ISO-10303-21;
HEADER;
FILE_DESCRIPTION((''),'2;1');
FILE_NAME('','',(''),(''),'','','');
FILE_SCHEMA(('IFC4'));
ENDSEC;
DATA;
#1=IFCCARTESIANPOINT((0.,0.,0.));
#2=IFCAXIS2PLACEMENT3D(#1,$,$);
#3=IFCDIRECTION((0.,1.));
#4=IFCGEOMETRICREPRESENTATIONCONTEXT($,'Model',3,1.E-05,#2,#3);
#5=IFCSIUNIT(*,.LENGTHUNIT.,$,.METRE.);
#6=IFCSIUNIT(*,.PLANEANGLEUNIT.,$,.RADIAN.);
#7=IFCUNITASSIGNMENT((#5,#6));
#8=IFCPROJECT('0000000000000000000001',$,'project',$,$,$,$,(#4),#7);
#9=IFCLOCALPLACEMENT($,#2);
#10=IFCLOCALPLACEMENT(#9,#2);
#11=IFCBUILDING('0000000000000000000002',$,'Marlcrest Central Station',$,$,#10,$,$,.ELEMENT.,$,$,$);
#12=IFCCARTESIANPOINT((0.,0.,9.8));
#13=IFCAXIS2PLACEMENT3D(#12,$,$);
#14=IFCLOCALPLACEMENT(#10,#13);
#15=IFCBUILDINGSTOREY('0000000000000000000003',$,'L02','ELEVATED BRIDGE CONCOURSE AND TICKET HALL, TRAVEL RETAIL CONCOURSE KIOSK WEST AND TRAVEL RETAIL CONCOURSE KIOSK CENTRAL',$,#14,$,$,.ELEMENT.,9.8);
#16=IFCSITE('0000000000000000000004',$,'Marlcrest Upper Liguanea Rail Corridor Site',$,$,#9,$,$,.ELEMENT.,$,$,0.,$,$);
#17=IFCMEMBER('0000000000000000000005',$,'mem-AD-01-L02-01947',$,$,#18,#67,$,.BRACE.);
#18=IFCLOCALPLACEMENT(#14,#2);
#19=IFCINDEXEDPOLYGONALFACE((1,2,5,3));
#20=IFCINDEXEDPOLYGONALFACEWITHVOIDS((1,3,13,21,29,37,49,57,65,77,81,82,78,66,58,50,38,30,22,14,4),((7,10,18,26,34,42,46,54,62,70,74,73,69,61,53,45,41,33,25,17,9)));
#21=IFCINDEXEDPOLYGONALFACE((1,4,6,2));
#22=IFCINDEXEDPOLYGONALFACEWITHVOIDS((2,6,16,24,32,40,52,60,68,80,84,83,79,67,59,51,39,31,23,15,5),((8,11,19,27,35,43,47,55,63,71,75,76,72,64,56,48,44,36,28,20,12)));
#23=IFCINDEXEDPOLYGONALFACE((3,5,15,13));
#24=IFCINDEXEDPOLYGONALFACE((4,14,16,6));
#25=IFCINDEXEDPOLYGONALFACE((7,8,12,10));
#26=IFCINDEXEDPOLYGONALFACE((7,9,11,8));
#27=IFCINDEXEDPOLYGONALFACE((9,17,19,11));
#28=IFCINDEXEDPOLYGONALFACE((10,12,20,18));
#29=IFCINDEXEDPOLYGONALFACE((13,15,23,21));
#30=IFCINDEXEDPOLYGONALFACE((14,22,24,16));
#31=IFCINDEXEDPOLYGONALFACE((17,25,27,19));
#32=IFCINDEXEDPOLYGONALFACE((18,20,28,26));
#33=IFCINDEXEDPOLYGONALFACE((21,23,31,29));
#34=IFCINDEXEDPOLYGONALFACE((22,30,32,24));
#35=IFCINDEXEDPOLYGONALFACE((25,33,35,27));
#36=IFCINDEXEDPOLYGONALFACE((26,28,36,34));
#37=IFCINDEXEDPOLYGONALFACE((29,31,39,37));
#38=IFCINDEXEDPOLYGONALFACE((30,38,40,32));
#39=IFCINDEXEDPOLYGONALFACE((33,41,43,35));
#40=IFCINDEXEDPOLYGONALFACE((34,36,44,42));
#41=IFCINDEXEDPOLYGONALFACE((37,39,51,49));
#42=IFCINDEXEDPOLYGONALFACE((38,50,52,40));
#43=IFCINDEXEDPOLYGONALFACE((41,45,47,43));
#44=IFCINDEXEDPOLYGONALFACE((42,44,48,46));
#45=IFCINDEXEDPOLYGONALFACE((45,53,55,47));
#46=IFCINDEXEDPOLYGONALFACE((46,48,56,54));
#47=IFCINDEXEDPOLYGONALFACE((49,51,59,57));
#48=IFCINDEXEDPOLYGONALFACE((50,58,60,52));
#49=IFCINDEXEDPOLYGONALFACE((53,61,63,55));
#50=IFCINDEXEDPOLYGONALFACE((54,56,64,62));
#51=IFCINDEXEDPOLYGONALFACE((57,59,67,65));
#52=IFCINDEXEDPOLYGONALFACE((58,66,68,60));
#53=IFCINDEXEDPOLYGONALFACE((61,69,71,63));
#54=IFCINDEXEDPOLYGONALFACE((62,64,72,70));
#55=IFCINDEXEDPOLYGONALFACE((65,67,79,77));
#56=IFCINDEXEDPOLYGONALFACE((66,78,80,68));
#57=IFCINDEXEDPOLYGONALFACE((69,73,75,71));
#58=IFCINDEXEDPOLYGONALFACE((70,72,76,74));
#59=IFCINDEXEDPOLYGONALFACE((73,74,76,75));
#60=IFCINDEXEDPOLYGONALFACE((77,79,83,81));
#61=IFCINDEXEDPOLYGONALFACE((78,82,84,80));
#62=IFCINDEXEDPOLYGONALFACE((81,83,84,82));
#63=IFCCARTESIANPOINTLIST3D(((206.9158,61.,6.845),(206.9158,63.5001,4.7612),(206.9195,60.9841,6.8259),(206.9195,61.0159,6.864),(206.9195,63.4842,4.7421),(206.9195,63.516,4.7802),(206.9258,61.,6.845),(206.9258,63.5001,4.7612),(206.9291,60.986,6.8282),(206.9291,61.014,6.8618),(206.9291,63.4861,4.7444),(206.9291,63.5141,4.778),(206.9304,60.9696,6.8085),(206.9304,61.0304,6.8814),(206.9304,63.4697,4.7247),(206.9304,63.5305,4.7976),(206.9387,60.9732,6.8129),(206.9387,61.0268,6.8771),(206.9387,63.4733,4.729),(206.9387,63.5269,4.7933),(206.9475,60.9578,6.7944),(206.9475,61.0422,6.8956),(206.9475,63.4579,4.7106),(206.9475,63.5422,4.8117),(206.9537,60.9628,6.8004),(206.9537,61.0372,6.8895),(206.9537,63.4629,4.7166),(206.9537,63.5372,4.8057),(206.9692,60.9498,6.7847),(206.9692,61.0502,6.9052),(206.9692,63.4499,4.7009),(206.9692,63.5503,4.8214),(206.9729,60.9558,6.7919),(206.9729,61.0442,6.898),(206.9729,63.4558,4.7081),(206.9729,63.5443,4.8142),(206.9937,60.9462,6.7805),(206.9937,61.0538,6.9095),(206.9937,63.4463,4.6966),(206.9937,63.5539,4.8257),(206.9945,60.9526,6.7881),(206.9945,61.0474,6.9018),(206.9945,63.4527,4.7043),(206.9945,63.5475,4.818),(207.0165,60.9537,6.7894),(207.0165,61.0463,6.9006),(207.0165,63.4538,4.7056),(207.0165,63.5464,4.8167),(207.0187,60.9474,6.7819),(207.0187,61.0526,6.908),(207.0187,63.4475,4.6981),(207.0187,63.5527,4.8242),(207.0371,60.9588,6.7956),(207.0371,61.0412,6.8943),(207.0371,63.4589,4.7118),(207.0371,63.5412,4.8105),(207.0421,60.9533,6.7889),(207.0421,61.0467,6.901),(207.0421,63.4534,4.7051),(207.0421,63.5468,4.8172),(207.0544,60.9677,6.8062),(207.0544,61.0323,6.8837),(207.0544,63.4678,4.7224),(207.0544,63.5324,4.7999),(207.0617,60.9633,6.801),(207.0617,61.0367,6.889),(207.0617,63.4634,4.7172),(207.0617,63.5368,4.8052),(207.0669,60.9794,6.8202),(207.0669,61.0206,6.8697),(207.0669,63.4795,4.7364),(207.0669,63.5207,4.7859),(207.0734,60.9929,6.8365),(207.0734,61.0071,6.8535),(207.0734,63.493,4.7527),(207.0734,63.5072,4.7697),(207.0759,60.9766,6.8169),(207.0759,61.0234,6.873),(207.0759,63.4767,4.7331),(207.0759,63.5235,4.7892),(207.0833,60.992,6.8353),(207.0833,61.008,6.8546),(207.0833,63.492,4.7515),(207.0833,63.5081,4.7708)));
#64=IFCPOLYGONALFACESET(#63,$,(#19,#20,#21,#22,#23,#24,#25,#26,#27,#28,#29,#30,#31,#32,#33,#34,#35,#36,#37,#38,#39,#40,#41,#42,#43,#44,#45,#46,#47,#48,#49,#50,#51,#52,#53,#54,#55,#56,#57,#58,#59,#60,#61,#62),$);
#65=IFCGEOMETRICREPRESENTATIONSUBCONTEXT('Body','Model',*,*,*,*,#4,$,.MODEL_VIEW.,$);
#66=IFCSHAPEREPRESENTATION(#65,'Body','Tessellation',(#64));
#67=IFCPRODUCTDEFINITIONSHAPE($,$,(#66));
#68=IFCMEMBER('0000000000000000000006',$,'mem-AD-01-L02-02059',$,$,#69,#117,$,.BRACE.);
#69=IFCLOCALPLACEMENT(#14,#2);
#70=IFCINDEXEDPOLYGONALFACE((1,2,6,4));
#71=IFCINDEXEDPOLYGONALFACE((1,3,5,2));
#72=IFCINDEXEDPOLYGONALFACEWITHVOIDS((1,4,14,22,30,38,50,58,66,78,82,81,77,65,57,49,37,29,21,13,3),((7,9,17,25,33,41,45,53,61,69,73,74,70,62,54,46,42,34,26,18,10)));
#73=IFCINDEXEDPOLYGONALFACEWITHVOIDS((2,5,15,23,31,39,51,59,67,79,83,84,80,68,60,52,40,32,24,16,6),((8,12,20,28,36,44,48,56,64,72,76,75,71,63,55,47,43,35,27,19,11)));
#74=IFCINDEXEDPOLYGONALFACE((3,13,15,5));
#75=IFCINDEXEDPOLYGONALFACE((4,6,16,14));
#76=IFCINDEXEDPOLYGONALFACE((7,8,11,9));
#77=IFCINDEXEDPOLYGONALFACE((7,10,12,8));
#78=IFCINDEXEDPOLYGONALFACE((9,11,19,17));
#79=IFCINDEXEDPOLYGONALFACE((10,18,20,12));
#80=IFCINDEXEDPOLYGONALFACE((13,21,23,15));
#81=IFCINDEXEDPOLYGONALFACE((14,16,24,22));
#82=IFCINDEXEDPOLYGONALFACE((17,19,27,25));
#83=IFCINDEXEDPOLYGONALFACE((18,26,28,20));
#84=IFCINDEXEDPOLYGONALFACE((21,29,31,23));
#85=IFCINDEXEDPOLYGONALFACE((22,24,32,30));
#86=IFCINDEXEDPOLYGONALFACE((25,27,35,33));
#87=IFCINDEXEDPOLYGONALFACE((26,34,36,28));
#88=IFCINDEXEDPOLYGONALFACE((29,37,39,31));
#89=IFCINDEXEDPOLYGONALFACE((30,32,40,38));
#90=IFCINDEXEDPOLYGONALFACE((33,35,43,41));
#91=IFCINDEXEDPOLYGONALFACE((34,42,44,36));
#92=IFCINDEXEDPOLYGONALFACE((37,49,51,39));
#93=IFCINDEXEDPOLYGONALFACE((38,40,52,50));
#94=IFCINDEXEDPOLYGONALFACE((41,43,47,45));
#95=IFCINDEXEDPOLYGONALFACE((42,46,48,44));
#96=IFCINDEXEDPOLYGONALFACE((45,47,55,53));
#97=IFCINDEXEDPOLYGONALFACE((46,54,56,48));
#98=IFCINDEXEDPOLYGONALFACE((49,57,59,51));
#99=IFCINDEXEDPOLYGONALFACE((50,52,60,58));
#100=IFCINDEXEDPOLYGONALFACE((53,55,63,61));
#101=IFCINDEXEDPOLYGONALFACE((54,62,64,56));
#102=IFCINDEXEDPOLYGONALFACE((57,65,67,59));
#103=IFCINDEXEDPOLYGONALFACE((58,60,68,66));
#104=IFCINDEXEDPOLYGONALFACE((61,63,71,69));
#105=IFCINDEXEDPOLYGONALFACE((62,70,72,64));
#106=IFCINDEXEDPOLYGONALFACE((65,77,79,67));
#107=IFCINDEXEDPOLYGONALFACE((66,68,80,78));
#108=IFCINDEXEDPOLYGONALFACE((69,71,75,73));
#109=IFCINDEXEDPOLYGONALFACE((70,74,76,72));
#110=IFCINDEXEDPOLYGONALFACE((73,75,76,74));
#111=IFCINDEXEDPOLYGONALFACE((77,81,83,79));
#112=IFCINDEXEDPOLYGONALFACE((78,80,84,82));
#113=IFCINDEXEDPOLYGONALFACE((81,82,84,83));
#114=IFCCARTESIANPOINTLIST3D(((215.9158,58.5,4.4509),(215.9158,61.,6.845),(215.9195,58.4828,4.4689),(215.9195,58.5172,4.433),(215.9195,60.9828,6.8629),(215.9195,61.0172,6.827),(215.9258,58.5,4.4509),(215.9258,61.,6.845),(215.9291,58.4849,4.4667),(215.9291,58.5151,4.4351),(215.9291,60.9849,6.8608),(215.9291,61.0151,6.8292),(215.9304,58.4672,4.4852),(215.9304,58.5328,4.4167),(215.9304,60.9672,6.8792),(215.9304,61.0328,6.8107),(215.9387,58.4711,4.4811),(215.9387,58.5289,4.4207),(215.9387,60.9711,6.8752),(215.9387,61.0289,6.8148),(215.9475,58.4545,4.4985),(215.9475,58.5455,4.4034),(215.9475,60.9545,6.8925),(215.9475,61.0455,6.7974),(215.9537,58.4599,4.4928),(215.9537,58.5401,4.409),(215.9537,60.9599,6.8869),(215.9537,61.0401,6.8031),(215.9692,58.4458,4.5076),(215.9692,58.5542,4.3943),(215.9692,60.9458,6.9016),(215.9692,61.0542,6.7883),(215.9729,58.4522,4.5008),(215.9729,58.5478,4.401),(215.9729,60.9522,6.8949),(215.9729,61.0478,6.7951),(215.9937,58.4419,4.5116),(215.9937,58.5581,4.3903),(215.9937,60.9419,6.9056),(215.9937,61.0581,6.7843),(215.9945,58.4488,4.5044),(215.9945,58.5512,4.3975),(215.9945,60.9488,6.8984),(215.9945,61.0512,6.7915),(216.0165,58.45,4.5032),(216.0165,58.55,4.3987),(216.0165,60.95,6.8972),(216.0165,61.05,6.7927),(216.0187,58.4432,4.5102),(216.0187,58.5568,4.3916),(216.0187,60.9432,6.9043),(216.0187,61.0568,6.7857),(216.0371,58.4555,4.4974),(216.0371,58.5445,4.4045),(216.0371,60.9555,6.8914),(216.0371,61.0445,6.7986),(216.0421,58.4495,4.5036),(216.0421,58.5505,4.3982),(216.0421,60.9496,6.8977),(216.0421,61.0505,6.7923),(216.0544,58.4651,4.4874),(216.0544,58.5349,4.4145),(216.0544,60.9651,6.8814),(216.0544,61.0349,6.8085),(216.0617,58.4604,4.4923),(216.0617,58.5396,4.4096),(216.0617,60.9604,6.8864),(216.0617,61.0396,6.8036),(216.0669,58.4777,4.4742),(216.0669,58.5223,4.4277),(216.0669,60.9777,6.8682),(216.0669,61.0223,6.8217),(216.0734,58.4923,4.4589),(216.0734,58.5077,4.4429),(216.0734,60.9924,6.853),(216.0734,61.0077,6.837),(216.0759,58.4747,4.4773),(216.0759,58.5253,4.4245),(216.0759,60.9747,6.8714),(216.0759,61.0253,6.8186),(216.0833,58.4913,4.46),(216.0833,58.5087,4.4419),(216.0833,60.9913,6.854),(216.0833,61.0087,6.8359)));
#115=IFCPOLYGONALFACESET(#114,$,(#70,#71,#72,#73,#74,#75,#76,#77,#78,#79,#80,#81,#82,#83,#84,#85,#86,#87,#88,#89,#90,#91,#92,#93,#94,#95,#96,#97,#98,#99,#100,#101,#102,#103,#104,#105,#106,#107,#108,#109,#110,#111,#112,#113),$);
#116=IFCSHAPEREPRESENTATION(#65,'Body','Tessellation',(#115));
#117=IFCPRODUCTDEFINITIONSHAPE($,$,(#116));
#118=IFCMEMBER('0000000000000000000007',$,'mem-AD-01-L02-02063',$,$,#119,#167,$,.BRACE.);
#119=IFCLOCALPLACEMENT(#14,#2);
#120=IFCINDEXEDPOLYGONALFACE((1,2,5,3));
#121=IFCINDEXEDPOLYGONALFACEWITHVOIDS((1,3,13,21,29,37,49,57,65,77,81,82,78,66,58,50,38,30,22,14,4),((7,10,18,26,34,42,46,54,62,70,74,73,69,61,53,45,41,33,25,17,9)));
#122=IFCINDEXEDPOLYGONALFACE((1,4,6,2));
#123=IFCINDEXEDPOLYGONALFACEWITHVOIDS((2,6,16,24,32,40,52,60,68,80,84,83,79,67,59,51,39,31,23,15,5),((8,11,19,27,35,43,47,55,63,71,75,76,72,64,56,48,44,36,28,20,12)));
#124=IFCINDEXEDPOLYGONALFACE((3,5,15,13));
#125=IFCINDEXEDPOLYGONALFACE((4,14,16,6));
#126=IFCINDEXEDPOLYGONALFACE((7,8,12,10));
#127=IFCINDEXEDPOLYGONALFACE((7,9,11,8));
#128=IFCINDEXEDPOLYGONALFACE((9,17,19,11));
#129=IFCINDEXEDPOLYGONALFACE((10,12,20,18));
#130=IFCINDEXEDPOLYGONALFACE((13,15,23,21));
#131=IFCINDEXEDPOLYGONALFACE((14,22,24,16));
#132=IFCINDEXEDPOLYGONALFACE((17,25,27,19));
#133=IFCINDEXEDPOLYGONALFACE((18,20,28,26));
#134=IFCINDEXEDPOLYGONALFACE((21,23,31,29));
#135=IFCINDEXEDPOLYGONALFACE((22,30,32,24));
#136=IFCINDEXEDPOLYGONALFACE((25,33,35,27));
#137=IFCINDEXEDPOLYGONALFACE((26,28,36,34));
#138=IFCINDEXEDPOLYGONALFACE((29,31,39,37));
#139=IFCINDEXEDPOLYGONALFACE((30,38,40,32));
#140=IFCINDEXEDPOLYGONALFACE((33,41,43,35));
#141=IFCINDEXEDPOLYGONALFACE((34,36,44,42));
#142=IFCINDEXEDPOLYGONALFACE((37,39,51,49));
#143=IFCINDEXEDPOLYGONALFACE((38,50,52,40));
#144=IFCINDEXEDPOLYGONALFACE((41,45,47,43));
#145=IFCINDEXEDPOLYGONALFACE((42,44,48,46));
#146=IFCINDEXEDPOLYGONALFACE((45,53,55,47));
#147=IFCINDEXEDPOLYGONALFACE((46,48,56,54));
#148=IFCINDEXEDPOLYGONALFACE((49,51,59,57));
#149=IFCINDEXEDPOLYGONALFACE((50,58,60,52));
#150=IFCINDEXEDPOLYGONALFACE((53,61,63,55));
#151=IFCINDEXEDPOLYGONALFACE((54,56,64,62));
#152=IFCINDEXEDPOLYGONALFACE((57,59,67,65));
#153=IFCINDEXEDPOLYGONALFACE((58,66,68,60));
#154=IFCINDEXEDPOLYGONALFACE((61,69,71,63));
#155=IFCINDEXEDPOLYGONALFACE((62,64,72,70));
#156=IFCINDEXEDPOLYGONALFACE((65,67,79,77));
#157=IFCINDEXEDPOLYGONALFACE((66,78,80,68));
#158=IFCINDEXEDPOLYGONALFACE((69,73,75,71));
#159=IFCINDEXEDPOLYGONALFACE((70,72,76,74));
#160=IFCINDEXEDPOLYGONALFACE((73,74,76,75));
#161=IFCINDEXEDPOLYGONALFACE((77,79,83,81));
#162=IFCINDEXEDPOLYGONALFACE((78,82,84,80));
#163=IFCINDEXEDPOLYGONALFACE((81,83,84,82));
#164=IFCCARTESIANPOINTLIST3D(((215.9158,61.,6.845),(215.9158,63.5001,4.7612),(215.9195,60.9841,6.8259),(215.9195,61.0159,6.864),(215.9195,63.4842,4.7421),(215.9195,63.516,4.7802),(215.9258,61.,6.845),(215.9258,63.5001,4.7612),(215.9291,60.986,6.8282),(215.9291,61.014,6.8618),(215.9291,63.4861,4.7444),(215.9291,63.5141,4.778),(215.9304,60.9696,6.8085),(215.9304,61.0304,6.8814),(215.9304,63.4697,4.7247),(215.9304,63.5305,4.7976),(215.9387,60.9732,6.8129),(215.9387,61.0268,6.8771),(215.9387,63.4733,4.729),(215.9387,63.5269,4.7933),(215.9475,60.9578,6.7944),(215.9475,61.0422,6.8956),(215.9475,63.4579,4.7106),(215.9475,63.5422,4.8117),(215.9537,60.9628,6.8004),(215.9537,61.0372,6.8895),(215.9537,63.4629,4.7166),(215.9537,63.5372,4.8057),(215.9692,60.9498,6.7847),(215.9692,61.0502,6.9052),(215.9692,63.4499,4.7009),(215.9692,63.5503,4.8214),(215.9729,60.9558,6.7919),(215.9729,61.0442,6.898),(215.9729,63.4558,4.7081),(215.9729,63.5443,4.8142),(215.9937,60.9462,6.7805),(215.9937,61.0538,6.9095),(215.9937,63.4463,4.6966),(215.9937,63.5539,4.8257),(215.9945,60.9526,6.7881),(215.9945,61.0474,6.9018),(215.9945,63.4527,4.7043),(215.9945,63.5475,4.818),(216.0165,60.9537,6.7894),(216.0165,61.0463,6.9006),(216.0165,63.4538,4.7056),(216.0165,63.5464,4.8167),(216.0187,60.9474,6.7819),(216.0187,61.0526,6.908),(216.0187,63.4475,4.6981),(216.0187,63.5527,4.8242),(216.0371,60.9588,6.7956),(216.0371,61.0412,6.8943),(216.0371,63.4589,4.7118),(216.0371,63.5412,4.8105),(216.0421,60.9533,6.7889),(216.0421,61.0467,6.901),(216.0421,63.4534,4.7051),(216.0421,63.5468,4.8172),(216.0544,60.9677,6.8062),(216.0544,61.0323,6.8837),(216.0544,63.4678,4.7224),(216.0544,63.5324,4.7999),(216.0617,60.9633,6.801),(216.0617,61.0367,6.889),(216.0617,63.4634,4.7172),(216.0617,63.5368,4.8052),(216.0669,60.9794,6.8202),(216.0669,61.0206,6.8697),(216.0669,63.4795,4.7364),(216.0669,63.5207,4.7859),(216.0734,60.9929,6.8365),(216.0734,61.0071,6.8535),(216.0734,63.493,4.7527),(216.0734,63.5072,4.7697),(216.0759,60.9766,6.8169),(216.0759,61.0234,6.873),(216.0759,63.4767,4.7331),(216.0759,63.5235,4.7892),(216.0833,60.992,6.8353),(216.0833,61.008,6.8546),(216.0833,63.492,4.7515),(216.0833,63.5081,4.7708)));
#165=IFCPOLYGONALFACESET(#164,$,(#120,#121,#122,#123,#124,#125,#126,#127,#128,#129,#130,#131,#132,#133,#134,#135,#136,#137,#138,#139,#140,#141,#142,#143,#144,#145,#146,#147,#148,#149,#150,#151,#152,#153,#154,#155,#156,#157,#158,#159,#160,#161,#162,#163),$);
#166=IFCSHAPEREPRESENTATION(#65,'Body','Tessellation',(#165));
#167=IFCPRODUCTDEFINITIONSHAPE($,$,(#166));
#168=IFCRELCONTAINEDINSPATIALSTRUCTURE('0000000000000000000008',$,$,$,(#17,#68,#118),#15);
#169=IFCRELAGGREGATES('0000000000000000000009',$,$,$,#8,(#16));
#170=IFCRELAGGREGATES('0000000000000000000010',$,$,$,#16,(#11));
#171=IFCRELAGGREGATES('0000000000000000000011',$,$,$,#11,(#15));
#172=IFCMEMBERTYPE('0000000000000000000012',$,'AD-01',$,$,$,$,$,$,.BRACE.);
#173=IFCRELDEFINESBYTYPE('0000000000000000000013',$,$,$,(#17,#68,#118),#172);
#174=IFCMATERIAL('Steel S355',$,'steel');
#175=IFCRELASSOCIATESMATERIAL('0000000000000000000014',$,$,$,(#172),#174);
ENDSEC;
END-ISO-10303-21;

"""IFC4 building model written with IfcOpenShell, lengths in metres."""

from ifc_helpers import new_model, si_unit, direction, frame, origin, origin_2d, place, context, subcontext, project, spatial, hollow_circle, extrude, material, material_profile, profile_set, type_object, element, save


model = new_model("IFC4")

# Units and contexts
model_context = context("Model", 3, precision=1e-05, world=origin(), true_north=direction((0.0, 1.0)))
body_context = subcontext(model_context, "Body", "Model", "MODEL_VIEW")
ifc_project = project(units=[si_unit("LENGTHUNIT", "METRE"), si_unit("PLANEANGLEUNIT", "RADIAN")], contexts=[model_context])

# Site, building, storey
site_placement = place(None, origin())
site = spatial("IfcSite", under=ifc_project, at=site_placement, Name="Marlcrest Upper Liguanea Rail Corridor Site", CompositionType="ELEMENT", RefElevation=0.0)
building_placement = place(site_placement, origin())
building = spatial("IfcBuilding", under=site, at=building_placement, Name="Marlcrest Central Station", CompositionType="ELEMENT")
storey_placement = place(building_placement, frame((0.0, 0.0, 9.8)))
storey = spatial("IfcBuildingStorey", under=building, at=storey_placement, Name="L02", Description="ELEVATED BRIDGE CONCOURSE AND TICKET HALL, TRAVEL RETAIL CONCOURSE KIOSK WEST AND TRAVEL RETAIL CONCOURSE KIOSK CENTRAL", CompositionType="ELEMENT", Elevation=9.8)

# Members
ifc_material = material(Name="Steel S355", Category="steel")
ifc_material_profile_1 = material_profile(ifc_material, hollow_circle(Radius=0.0842, WallThickness=0.01, at=origin_2d()), Name="CHS 168.3x10")
ifc_profile_set_1 = profile_set([ifc_material_profile_1], Name="Steel S355")
member_type_1 = type_object("IfcMemberType", Name="AD-01", PredefinedType="BRACE", material=ifc_profile_set_1)
member_1_placement = place(storey_placement, frame((207.0, 61.0, 6.845), z_axis=(0.0, 0.76816, -0.640258), x_axis=(-1.0, 0.0, 0.0)))
element("IfcMember", 1, at=member_1_placement, inside=storey, type_object=member_type_1, Name="mem-AD-01-L02-01947", PredefinedType="BRACE", context=body_context, shape_type="SweptSolid", body=[
    extrude(hollow_circle(Radius=0.0842, WallThickness=0.01, at=origin_2d()), origin(), (0.0, 0.0, 1.0), 3.2546),
])
member_2_placement = place(storey_placement, frame((216.0, 58.5, 4.4509), z_axis=(0.0, 0.722247, 0.691636), x_axis=(-1.0, 0.0, 0.0)))
element("IfcMember", 2, at=member_2_placement, inside=storey, type_object=member_type_1, Name="mem-AD-01-L02-02059", PredefinedType="BRACE", context=body_context, shape_type="SweptSolid", body=[
    extrude(hollow_circle(Radius=0.0842, WallThickness=0.01, at=origin_2d()), origin(), (0.0, 0.0, 1.0), 3.4614),
])
member_3_placement = place(storey_placement, frame((216.0, 61.0, 6.845), z_axis=(0.0, 0.76816, -0.640258), x_axis=(-1.0, 0.0, 0.0)))
element("IfcMember", 3, at=member_3_placement, inside=storey, type_object=member_type_1, Name="mem-AD-01-L02-02063", PredefinedType="BRACE", context=body_context, shape_type="SweptSolid", body=[
    extrude(hollow_circle(Radius=0.0842, WallThickness=0.01, at=origin_2d()), origin(), (0.0, 0.0, 1.0), 3.2546),
])

save(model, "model.ifc")
